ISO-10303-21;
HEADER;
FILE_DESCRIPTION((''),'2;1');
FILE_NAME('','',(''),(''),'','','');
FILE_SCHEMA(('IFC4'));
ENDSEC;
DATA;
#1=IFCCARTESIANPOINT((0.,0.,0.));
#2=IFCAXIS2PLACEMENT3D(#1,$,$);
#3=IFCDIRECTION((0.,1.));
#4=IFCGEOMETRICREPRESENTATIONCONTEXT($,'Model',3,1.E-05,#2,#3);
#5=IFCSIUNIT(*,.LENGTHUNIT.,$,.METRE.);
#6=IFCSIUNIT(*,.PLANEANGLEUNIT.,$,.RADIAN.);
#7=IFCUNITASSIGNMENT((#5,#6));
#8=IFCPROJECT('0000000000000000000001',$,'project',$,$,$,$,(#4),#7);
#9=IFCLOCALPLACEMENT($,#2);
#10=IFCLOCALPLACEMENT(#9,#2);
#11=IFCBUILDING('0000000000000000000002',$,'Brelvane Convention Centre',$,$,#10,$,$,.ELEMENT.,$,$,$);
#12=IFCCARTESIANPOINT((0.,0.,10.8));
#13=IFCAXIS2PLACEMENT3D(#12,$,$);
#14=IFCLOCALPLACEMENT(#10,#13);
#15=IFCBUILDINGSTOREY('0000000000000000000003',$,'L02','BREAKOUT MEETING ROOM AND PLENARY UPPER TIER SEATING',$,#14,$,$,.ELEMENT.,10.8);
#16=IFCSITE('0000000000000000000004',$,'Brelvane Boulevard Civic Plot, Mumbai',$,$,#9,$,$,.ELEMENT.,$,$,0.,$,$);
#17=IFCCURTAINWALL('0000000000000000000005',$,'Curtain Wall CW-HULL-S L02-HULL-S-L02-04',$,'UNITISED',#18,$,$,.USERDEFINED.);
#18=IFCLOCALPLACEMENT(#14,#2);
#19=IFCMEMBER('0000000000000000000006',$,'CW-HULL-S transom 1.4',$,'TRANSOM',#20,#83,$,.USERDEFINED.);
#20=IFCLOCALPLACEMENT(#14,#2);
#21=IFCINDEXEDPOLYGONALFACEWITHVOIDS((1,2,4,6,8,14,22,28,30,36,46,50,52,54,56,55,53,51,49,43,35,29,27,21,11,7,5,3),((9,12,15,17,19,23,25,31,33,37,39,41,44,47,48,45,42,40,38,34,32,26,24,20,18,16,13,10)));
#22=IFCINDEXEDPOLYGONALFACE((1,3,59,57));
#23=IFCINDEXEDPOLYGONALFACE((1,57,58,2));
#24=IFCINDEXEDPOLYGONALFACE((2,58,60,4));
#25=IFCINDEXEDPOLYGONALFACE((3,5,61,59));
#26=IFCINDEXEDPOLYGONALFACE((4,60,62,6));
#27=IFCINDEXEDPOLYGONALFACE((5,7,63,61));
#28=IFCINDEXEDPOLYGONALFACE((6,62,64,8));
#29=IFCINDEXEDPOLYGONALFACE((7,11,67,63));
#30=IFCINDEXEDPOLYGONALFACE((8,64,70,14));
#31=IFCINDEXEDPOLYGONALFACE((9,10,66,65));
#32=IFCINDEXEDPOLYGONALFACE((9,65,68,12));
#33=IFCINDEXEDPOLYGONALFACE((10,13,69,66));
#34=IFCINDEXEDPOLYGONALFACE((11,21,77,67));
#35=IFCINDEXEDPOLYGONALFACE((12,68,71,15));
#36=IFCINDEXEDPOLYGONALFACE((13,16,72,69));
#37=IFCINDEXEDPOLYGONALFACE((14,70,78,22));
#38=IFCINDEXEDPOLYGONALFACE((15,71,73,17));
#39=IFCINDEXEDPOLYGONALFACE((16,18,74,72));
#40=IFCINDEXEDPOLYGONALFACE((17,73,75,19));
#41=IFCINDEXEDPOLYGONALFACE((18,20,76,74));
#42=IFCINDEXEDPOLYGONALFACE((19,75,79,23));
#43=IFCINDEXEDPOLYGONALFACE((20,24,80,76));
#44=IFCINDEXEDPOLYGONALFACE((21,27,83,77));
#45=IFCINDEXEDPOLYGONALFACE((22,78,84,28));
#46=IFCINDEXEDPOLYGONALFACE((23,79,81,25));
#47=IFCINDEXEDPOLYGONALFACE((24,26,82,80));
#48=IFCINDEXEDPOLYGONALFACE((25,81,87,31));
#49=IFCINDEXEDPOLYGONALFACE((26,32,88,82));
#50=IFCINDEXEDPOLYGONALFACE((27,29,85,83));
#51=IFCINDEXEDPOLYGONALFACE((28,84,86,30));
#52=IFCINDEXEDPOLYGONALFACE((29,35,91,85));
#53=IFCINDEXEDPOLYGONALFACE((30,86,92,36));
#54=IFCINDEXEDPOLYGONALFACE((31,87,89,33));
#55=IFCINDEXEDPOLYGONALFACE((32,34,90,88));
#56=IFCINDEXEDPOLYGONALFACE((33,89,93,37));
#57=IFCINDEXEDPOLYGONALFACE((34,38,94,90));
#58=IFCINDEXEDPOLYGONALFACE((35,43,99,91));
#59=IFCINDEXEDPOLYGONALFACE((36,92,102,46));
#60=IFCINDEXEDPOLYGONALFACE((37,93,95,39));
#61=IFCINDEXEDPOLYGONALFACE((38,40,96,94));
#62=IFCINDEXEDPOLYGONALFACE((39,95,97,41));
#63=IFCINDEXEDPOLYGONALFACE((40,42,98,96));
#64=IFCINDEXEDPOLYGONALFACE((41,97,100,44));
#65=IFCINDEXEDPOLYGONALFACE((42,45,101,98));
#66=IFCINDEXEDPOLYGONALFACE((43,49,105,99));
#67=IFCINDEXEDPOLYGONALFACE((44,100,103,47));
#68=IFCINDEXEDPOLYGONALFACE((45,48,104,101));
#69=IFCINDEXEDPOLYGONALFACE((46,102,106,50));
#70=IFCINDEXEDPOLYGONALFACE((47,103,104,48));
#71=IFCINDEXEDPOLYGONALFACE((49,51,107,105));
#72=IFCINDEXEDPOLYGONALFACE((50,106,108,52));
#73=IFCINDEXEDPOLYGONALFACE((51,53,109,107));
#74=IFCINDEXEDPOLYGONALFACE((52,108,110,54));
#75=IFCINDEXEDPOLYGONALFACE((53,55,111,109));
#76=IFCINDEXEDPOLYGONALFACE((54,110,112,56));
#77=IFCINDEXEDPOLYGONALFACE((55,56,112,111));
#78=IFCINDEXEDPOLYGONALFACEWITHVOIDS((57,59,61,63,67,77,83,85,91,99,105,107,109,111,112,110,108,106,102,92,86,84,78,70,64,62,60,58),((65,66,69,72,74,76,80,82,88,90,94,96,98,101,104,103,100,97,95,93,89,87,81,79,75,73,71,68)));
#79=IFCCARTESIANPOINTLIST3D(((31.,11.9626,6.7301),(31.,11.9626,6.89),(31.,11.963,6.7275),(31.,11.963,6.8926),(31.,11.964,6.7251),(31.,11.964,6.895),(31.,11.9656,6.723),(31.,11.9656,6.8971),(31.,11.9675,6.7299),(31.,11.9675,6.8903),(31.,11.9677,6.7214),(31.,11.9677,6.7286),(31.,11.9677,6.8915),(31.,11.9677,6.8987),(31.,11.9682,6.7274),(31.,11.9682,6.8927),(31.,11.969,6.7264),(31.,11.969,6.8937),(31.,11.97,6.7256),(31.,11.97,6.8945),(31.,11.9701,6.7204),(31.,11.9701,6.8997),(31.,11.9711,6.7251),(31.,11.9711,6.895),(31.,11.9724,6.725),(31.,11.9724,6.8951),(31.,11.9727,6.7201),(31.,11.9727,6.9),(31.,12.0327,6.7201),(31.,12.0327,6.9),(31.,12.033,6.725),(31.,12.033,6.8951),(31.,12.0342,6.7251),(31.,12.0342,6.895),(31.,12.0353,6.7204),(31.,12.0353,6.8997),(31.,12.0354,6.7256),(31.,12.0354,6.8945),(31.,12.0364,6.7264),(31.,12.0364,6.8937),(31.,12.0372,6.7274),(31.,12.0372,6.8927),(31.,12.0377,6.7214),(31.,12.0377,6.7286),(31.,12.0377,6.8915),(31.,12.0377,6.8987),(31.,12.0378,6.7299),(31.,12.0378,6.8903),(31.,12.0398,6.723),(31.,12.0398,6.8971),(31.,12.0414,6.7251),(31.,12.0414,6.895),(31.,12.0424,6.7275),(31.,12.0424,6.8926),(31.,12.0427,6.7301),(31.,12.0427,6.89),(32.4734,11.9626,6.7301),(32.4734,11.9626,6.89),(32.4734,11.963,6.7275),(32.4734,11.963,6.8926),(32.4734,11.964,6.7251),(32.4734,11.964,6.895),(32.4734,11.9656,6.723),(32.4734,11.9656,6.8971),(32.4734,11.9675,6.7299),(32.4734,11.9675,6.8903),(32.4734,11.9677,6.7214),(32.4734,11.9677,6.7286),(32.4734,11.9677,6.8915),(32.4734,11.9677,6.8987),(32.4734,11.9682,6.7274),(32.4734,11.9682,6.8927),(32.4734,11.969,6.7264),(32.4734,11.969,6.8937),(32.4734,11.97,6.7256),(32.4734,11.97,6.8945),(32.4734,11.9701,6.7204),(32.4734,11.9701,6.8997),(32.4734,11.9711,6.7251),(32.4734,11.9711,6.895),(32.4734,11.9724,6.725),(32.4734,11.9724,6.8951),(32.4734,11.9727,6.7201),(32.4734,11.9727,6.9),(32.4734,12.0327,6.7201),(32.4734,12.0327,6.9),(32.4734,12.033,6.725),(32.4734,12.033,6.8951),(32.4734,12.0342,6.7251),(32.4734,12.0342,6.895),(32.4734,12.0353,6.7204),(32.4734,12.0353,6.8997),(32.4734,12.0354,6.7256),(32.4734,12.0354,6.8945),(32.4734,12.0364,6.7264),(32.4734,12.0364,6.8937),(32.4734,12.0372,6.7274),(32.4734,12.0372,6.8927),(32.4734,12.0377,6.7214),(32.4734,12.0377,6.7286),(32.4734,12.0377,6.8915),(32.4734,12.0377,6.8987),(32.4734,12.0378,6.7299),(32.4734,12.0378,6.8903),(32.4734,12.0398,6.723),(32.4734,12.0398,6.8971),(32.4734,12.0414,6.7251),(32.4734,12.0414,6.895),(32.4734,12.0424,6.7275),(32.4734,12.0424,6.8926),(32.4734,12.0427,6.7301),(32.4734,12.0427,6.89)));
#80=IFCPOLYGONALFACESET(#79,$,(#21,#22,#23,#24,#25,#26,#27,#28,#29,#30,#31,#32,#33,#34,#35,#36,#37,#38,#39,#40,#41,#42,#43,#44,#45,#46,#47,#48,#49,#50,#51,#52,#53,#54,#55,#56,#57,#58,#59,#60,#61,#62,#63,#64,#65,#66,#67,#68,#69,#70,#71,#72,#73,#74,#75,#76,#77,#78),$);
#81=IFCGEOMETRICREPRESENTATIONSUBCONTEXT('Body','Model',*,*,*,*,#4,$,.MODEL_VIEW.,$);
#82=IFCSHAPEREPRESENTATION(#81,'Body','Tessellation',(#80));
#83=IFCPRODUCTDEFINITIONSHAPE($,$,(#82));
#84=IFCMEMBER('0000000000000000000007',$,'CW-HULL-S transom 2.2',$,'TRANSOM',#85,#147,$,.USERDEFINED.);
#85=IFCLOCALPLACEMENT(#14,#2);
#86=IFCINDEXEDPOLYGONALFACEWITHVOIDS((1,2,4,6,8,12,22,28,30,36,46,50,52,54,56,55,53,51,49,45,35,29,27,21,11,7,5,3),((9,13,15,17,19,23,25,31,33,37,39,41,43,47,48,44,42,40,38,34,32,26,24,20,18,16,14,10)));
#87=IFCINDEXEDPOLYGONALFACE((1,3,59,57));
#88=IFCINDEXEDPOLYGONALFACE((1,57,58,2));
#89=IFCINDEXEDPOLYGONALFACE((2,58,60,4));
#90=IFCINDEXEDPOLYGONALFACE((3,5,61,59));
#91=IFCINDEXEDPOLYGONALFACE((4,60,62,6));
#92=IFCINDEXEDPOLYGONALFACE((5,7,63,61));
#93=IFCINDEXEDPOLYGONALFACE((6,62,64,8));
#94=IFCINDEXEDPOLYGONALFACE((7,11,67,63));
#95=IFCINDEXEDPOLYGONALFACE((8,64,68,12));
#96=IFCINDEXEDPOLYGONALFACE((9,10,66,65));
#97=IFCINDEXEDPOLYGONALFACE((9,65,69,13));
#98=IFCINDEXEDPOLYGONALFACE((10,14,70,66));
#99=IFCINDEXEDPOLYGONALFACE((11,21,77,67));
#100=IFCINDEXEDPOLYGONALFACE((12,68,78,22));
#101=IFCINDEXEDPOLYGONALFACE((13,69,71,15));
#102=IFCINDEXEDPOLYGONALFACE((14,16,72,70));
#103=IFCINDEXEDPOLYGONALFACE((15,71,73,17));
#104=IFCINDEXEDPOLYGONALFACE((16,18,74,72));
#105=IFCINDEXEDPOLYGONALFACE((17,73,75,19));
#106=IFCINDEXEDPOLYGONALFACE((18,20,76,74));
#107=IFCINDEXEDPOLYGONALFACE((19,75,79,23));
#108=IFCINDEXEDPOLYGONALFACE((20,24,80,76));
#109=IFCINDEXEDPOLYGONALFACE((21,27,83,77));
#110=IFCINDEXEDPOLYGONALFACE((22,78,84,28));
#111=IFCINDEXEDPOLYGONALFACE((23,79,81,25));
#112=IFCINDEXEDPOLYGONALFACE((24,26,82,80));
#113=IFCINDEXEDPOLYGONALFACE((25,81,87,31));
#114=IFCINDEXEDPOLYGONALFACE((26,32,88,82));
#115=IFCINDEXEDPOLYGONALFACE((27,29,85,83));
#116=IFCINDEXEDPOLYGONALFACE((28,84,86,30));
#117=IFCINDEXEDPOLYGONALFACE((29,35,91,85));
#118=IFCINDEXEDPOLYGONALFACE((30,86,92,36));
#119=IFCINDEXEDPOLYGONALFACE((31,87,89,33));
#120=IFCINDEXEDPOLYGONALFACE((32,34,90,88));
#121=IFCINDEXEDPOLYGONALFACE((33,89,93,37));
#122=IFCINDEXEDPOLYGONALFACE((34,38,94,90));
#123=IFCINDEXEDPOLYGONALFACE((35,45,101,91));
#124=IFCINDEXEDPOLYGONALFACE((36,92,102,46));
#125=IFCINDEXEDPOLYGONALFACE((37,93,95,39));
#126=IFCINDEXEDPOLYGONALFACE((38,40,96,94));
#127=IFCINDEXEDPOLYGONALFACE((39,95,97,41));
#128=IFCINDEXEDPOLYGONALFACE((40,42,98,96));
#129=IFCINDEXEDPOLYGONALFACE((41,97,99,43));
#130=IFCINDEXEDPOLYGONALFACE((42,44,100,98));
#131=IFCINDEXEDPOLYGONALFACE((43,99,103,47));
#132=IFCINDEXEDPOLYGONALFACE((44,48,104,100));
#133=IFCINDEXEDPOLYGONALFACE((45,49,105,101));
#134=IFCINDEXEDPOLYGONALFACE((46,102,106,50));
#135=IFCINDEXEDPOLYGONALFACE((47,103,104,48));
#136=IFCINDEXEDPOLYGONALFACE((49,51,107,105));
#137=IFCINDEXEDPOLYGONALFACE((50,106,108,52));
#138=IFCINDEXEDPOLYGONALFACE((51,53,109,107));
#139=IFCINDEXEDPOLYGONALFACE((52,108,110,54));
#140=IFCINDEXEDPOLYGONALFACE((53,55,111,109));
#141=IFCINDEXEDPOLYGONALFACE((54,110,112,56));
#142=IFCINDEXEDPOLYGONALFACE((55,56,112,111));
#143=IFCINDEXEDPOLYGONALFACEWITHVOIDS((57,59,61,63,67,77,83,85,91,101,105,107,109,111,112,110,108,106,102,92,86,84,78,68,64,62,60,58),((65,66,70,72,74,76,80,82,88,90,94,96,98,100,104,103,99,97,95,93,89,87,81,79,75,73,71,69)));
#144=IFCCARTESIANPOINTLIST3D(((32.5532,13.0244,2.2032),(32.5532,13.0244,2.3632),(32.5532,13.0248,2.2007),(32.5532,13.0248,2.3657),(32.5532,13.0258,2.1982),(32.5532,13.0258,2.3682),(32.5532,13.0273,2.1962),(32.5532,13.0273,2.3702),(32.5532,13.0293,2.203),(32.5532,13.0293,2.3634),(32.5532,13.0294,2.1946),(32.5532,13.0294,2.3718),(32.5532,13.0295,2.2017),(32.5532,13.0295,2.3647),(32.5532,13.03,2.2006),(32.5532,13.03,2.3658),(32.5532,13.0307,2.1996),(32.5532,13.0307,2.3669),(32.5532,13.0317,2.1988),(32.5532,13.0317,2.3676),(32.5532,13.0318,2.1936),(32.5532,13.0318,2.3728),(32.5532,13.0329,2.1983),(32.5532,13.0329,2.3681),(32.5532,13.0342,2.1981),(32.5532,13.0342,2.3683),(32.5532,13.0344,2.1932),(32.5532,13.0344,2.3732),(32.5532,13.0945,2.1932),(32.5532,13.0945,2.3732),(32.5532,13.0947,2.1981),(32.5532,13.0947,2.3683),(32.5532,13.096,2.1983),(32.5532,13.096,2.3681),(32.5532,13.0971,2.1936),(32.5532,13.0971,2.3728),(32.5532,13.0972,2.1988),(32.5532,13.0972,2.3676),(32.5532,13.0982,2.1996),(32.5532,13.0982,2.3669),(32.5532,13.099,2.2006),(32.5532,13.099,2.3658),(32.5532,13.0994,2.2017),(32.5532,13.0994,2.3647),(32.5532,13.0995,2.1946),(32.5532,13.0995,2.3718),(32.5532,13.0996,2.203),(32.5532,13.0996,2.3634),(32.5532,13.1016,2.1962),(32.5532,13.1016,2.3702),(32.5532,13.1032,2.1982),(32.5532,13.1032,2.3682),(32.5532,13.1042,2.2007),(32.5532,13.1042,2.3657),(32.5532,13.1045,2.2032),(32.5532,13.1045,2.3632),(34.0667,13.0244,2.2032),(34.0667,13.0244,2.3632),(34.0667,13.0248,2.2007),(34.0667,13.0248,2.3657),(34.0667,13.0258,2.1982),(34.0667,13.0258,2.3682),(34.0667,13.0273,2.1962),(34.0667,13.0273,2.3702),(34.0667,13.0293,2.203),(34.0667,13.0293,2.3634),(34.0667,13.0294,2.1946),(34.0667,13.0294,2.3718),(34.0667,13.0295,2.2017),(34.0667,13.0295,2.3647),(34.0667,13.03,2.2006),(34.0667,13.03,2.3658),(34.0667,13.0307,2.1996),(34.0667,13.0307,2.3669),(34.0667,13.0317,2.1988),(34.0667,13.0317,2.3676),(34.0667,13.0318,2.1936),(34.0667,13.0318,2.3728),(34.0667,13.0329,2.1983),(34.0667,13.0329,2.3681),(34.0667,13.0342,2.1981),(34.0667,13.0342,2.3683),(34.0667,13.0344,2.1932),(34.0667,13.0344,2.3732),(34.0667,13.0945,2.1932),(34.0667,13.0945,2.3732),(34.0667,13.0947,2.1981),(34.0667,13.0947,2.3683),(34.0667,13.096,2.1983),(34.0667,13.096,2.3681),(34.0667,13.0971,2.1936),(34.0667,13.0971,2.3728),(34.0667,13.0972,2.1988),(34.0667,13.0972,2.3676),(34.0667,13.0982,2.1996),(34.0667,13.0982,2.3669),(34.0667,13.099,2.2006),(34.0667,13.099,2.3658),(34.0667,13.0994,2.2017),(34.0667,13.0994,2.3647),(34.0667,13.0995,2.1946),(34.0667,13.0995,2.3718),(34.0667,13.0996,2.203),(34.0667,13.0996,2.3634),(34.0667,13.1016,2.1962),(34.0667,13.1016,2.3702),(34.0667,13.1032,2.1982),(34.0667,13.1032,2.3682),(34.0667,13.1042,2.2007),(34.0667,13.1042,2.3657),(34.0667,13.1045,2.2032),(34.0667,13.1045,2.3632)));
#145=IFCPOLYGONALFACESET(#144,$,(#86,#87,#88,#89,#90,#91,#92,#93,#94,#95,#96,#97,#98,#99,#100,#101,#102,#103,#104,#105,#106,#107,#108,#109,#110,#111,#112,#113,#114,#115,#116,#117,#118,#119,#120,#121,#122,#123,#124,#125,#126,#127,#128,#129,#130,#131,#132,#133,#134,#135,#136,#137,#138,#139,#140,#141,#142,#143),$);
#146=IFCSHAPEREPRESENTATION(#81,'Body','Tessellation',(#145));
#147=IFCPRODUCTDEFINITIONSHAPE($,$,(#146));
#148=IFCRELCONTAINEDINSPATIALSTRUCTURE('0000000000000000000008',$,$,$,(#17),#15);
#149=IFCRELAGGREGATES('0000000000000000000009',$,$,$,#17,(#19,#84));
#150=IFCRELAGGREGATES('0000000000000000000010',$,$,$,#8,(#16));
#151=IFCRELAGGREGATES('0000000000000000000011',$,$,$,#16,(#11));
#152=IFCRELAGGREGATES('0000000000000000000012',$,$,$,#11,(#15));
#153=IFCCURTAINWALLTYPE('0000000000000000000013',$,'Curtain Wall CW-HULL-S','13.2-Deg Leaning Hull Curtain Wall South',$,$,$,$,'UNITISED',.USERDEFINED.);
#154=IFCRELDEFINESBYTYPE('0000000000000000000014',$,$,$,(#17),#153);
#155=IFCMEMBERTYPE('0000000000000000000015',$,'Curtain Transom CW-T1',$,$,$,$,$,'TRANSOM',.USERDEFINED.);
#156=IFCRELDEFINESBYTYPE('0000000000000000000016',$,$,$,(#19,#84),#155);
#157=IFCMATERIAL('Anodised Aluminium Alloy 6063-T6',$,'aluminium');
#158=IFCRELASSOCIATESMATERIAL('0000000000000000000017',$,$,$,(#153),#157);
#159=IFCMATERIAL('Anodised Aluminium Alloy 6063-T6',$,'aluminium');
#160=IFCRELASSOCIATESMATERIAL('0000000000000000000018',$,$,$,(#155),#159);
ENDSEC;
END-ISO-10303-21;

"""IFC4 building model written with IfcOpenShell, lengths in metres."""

from ifc_helpers import new_model, si_unit, direction, frame, origin, origin_2d, place, context, subcontext, project, spatial, hollow_rectangle, extrude, material, material_profile, profile_set, type_object, element, aggregate, save


model = new_model("IFC4")

# Units and contexts
model_context = context("Model", 3, precision=1e-05, world=origin(), true_north=direction((0.0, 1.0)))
body_context = subcontext(model_context, "Body", "Model", "MODEL_VIEW")
ifc_project = project(units=[si_unit("LENGTHUNIT", "METRE"), si_unit("PLANEANGLEUNIT", "RADIAN")], contexts=[model_context])

# Site, building, storey
site_placement = place(None, origin())
site = spatial("IfcSite", under=ifc_project, at=site_placement, Name="Brelvane Boulevard Civic Plot, Mumbai", CompositionType="ELEMENT", RefElevation=0.0)
building_placement = place(site_placement, origin())
building = spatial("IfcBuilding", under=site, at=building_placement, Name="Brelvane Convention Centre", CompositionType="ELEMENT")
storey_placement = place(building_placement, frame((0.0, 0.0, 10.8)))
storey = spatial("IfcBuildingStorey", under=building, at=storey_placement, Name="L02", Description="BREAKOUT MEETING ROOM AND PLENARY UPPER TIER SEATING", CompositionType="ELEMENT", Elevation=10.8)

# Curtain wall, members
ifc_material_1 = material(Name="Anodised Aluminium Alloy 6063-T6", Category="aluminium")
curtain_wall_type = type_object("IfcCurtainWallType", Name="Curtain Wall CW-HULL-S", Description="13.2-Deg Leaning Hull Curtain Wall South", ElementType="UNITISED", PredefinedType="USERDEFINED", material=ifc_material_1)
curtain_wall_placement = place(storey_placement, origin())
curtain_wall = element("IfcCurtainWall", 1, at=curtain_wall_placement, inside=storey, type_object=curtain_wall_type, Name="Curtain Wall CW-HULL-S L02-HULL-S-L02-04", ObjectType="UNITISED", PredefinedType="USERDEFINED")
ifc_material_2 = material(Name="Anodised Aluminium Alloy 6063-T6", Category="aluminium")
ifc_material_profile = material_profile(ifc_material_2, hollow_rectangle(XDim=0.0801, YDim=0.1799, WallThickness=0.0049, InnerFilletRadius=0.0049, OuterFilletRadius=0.01, at=origin_2d()), Name="ALU-T 180x80x5.0")
ifc_profile_set = profile_set([ifc_material_profile], Name="Anodised Aluminium Alloy 6063-T6")
member_type = type_object("IfcMemberType", Name="Curtain Transom CW-T1", ElementType="TRANSOM", PredefinedType="USERDEFINED", material=ifc_profile_set)
member_1_placement = place(storey_placement, frame((31.0, 12.0027, 6.8101), z_axis=(1.0, 0.0, 0.0), x_axis=(0.0, 1.0, 0.0)))
member_1 = element("IfcMember", 2, at=member_1_placement, type_object=member_type, Name="CW-HULL-S transom 1.4", ObjectType="TRANSOM", PredefinedType="USERDEFINED", context=body_context, shape_type="SweptSolid", body=[
    extrude(hollow_rectangle(XDim=0.0801, YDim=0.1799, WallThickness=0.0049, InnerFilletRadius=0.0049, OuterFilletRadius=0.01, at=origin_2d()), origin(), (0.0, 0.0, 1.0), 1.4734),
])
member_2_placement = place(storey_placement, frame((32.5532, 13.0645, 2.2832), z_axis=(1.0, 0.0, 0.0), x_axis=(0.0, 1.0, 0.0)))
member_2 = element("IfcMember", 3, at=member_2_placement, type_object=member_type, Name="CW-HULL-S transom 2.2", ObjectType="TRANSOM", PredefinedType="USERDEFINED", context=body_context, shape_type="SweptSolid", body=[
    extrude(hollow_rectangle(XDim=0.0801, YDim=0.1799, WallThickness=0.0049, InnerFilletRadius=0.0049, OuterFilletRadius=0.01, at=origin_2d()), origin(), (0.0, 0.0, 1.0), 1.5134),
])
aggregate(curtain_wall, [member_1, member_2])

save(model, "model.ifc")
